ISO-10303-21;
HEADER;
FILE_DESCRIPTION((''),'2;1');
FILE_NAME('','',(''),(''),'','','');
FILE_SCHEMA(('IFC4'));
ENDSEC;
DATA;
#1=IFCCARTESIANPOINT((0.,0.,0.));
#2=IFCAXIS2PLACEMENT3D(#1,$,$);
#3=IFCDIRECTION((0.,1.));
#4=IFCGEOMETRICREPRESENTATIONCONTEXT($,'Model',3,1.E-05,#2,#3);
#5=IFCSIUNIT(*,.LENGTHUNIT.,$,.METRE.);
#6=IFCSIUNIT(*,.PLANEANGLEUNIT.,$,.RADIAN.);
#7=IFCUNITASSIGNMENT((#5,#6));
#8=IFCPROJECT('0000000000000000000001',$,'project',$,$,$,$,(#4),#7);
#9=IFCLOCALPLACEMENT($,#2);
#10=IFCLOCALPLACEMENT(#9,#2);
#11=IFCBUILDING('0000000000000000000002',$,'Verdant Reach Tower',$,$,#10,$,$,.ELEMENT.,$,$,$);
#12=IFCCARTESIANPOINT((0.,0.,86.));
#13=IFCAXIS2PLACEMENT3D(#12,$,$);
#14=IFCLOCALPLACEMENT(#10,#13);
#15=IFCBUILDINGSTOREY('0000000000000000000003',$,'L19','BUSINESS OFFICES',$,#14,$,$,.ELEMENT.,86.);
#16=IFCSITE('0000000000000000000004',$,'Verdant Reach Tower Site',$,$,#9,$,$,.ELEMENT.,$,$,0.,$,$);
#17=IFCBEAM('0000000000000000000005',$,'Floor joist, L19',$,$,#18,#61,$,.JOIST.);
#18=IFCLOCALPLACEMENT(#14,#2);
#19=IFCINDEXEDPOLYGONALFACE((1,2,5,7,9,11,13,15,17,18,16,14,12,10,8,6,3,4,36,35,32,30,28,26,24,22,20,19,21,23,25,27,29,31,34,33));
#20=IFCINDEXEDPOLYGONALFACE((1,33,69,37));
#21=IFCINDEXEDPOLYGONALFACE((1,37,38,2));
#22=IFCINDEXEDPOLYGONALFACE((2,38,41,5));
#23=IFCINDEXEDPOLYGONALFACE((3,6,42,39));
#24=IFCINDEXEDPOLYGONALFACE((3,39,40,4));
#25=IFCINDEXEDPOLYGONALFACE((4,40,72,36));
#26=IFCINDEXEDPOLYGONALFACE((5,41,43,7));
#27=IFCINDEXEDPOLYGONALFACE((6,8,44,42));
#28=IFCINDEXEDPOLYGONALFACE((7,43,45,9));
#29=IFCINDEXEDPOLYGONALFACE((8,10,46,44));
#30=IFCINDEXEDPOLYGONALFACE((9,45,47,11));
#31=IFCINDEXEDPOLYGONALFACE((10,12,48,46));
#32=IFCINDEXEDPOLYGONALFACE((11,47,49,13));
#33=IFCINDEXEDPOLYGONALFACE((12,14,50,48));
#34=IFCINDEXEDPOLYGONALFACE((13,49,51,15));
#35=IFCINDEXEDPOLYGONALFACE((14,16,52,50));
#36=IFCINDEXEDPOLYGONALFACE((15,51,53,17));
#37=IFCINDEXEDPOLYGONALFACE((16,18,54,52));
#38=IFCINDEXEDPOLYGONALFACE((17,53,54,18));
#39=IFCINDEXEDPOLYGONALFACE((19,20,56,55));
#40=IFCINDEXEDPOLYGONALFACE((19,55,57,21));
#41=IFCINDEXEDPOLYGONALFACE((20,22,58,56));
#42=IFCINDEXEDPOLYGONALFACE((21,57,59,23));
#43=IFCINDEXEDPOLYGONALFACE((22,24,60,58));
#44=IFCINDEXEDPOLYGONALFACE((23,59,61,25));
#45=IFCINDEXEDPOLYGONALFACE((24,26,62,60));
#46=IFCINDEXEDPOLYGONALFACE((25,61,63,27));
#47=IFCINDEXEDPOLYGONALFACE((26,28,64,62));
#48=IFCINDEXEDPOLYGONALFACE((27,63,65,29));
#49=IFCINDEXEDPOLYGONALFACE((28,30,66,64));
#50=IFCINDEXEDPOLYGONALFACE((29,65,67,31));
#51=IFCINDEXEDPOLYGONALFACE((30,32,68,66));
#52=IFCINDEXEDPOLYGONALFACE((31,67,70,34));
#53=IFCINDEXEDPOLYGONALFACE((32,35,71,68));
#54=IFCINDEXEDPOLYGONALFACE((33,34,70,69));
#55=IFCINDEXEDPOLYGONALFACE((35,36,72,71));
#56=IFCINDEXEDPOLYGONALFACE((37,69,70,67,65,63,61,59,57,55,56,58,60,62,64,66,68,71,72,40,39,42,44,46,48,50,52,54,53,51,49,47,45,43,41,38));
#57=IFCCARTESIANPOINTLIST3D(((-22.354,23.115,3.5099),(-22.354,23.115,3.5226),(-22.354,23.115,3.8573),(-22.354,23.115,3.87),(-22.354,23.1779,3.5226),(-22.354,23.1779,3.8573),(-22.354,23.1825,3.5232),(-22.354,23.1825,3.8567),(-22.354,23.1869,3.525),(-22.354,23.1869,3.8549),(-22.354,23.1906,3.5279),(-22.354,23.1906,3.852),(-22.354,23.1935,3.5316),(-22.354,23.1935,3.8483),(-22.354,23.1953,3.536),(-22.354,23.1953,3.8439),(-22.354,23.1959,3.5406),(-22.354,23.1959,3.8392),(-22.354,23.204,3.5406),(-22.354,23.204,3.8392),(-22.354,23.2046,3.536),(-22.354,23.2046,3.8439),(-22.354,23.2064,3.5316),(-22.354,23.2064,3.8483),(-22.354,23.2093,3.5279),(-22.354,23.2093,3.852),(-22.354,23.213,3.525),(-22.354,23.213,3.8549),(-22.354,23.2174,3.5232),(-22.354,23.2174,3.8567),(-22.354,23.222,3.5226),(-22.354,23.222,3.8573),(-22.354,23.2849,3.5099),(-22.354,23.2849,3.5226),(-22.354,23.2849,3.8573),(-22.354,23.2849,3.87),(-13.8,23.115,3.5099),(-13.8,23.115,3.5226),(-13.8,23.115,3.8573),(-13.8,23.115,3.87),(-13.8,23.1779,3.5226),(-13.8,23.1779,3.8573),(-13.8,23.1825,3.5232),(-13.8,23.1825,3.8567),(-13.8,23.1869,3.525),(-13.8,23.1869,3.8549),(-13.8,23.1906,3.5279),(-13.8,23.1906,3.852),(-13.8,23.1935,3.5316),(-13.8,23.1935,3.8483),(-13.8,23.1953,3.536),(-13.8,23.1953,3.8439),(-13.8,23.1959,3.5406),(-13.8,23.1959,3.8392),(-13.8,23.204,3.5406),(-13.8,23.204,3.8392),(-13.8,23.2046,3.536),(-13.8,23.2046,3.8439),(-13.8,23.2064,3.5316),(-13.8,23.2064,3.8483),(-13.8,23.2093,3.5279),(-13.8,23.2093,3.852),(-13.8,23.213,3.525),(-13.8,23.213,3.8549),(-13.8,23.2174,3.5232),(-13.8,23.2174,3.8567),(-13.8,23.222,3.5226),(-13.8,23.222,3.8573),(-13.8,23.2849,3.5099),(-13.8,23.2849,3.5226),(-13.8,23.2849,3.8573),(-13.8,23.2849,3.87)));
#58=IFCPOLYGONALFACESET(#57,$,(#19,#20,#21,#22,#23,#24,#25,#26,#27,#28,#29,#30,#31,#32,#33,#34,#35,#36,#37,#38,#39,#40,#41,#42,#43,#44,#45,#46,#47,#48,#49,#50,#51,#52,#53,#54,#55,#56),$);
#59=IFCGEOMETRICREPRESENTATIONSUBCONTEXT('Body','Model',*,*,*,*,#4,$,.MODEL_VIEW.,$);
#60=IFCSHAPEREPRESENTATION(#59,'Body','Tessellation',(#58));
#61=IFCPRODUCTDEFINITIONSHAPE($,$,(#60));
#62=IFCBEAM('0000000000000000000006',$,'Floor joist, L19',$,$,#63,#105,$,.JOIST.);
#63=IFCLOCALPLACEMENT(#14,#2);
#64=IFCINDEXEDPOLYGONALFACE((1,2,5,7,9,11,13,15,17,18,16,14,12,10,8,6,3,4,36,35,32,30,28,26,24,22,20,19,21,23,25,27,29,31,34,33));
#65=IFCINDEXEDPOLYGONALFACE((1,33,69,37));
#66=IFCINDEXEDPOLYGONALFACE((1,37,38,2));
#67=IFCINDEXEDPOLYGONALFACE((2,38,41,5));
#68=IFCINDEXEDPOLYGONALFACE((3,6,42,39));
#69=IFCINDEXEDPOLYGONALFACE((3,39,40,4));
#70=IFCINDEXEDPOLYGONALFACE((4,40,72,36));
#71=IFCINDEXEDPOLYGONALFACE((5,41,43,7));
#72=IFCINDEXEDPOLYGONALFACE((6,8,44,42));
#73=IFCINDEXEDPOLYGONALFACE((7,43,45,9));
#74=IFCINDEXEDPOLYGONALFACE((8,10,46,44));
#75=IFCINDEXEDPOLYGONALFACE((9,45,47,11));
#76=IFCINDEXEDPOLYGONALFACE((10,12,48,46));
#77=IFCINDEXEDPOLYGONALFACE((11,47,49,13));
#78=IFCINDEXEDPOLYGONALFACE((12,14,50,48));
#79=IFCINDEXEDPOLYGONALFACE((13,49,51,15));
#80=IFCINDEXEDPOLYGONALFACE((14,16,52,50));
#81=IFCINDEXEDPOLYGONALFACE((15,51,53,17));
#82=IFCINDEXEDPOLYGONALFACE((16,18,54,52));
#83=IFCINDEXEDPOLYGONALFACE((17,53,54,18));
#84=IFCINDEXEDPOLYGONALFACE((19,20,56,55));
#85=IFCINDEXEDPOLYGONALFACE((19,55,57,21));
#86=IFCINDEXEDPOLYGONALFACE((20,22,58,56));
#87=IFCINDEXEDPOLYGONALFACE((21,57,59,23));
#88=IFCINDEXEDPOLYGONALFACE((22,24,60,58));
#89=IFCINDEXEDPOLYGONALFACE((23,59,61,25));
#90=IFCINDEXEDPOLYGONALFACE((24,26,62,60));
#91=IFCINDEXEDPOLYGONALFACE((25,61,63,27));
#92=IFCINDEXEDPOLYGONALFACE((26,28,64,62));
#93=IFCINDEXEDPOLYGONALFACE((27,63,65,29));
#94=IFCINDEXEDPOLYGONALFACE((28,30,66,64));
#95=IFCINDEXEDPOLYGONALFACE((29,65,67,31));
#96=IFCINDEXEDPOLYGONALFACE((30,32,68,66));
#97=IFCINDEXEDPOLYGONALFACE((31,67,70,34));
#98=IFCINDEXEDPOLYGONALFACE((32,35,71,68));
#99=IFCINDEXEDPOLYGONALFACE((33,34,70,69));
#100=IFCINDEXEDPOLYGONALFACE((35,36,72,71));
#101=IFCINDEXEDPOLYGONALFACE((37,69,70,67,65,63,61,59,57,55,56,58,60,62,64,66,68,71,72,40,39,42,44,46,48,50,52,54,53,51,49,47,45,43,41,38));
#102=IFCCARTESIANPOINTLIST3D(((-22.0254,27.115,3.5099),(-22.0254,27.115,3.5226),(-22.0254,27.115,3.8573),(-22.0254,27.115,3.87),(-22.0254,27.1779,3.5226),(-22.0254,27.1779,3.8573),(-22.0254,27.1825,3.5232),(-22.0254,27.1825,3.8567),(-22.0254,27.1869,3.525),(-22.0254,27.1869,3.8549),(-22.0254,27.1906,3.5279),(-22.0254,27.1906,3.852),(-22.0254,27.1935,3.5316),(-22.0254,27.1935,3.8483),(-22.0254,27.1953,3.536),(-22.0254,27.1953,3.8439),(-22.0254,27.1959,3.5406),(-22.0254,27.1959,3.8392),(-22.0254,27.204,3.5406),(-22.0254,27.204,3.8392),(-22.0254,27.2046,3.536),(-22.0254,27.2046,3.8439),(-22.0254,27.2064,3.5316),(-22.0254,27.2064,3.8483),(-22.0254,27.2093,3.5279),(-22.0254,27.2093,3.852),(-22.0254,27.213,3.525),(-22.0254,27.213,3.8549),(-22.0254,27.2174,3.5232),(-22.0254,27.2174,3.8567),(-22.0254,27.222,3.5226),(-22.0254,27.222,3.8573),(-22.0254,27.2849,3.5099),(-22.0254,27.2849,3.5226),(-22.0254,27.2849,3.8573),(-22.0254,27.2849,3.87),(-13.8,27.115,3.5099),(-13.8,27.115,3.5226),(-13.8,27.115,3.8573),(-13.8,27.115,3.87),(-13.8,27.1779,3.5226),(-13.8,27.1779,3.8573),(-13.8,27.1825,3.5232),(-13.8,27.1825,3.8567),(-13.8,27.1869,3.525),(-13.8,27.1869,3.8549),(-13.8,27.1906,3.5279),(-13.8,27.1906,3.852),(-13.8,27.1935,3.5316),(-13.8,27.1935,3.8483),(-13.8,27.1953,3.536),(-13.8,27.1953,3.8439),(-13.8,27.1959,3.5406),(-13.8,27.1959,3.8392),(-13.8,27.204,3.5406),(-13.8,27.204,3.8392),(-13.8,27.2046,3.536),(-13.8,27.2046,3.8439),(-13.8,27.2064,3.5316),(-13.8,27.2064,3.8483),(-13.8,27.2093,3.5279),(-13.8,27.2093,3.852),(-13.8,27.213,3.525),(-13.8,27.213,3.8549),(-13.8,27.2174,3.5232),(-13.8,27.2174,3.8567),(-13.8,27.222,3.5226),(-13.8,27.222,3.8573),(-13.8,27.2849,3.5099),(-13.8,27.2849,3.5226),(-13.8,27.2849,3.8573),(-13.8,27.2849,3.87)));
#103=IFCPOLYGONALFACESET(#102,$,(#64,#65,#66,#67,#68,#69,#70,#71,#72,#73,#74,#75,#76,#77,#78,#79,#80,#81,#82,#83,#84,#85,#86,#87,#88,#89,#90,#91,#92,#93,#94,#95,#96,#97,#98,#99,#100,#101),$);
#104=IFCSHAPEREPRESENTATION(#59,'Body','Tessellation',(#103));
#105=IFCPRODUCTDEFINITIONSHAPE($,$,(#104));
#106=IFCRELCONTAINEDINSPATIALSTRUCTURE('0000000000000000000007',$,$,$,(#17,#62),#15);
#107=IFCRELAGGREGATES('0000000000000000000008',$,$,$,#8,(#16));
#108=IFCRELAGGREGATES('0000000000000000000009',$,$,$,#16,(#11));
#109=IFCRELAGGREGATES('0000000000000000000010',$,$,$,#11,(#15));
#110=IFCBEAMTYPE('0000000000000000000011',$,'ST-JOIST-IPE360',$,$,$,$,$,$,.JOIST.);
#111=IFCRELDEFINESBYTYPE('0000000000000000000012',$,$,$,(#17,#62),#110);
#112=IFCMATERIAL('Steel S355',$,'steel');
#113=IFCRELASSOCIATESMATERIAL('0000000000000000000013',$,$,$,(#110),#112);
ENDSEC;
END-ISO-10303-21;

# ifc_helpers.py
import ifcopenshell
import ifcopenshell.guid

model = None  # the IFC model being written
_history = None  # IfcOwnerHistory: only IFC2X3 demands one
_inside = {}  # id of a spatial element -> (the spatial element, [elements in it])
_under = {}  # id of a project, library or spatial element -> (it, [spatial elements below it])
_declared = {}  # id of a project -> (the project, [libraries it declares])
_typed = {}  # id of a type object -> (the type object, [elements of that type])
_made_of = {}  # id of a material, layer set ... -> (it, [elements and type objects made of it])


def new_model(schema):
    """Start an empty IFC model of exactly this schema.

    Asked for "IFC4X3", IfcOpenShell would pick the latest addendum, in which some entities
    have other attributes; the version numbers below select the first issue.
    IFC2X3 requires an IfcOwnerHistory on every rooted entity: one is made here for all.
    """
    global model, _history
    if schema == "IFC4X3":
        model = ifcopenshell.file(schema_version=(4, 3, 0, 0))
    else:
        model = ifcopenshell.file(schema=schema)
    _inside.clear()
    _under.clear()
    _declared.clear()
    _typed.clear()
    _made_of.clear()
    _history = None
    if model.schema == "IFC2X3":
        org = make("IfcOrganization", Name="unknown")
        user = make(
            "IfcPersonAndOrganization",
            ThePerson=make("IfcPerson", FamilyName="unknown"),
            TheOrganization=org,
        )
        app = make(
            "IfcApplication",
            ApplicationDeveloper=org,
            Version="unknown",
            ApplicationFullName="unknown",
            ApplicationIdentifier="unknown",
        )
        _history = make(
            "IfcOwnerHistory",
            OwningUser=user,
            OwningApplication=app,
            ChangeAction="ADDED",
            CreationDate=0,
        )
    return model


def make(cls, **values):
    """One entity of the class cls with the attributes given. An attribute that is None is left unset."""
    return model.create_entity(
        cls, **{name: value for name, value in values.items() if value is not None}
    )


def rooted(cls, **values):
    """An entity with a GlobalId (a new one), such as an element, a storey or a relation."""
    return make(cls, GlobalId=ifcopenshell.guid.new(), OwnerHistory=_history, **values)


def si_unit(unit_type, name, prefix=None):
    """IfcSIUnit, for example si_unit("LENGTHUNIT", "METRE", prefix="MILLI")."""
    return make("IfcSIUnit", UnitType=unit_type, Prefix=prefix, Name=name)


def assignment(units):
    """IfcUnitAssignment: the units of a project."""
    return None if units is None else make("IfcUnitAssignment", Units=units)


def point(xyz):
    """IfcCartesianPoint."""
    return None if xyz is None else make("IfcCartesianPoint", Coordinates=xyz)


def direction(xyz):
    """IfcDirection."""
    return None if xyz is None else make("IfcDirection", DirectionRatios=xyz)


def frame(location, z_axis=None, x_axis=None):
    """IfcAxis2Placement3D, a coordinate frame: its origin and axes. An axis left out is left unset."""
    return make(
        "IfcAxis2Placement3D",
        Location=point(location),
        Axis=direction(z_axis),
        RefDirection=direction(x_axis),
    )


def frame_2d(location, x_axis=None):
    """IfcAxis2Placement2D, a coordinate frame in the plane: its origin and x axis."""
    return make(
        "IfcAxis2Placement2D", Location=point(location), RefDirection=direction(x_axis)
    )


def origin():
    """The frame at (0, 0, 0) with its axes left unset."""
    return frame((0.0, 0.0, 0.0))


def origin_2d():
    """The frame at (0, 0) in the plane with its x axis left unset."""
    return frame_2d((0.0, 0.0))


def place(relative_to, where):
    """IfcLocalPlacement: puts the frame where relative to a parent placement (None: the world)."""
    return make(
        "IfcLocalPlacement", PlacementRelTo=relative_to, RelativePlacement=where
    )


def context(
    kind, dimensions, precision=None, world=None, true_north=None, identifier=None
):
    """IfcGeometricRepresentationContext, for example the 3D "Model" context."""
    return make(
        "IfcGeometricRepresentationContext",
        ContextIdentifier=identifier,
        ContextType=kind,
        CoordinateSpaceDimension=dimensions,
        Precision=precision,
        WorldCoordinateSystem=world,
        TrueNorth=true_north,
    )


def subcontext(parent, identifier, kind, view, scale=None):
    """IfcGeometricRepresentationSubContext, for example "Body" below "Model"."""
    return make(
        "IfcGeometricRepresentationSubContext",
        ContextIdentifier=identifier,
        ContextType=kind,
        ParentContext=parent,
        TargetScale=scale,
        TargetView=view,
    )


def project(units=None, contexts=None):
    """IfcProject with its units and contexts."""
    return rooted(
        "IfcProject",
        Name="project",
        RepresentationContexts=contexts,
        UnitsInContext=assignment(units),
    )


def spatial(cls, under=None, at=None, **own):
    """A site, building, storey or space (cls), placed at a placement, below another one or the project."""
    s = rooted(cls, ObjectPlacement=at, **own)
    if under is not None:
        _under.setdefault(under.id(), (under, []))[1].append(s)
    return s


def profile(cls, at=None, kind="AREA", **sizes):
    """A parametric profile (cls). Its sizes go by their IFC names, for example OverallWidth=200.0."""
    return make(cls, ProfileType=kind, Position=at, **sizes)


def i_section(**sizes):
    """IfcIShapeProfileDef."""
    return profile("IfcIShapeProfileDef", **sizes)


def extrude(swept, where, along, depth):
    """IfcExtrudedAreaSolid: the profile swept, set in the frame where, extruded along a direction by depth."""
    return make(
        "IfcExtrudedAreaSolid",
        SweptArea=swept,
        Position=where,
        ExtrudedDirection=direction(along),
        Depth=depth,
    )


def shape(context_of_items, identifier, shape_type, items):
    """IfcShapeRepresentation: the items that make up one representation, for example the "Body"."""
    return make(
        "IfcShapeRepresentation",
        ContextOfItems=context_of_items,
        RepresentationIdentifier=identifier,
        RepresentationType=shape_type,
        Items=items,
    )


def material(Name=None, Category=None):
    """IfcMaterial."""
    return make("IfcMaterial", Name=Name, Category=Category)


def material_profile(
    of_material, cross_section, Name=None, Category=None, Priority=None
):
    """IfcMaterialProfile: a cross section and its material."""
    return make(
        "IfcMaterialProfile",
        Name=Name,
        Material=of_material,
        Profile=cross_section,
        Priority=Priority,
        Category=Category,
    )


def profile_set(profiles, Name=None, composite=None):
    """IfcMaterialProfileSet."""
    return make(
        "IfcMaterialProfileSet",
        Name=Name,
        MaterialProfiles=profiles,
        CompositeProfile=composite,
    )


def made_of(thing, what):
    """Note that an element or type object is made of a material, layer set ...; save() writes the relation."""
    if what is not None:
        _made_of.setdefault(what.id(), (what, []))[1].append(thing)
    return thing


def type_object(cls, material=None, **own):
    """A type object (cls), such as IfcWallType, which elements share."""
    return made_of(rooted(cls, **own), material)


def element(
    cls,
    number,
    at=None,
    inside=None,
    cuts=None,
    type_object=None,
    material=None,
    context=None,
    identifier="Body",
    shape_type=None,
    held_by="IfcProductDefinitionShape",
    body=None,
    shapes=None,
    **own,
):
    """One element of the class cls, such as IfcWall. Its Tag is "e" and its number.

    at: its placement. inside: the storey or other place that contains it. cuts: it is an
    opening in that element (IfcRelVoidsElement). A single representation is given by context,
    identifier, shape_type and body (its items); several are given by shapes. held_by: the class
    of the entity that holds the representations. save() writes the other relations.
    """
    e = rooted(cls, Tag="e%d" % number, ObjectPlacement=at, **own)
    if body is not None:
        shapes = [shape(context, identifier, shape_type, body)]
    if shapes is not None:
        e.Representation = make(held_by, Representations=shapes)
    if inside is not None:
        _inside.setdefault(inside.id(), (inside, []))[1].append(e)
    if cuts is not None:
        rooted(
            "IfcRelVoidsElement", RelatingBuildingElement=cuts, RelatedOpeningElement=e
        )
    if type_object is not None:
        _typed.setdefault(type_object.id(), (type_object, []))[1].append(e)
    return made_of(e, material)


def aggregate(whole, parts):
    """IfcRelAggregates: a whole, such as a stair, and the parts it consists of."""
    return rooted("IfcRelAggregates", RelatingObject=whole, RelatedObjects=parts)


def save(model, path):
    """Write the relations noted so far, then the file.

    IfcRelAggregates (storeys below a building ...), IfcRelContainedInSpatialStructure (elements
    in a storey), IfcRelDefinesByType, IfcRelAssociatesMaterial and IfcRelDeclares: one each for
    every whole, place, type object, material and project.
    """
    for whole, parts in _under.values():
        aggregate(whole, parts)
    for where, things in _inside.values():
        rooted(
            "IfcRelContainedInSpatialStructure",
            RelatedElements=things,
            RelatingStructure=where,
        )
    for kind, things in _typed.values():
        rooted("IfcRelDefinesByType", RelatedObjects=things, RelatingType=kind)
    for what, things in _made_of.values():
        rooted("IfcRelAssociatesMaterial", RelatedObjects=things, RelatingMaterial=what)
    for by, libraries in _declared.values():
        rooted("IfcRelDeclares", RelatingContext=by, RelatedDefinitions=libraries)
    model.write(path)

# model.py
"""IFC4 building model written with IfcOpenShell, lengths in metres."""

from ifc_helpers import new_model, si_unit, direction, frame, origin, origin_2d, place, context, subcontext, project, spatial, i_section, extrude, material, material_profile, profile_set, type_object, element, save


model = new_model("IFC4")

# Units and contexts
model_context = context("Model", 3, precision=1e-05, world=origin(), true_north=direction((0.0, 1.0)))
body_context = subcontext(model_context, "Body", "Model", "MODEL_VIEW")
ifc_project = project(units=[si_unit("LENGTHUNIT", "METRE"), si_unit("PLANEANGLEUNIT", "RADIAN")], contexts=[model_context])

# Site, building, storey
site_placement = place(None, origin())
site = spatial("IfcSite", under=ifc_project, at=site_placement, Name="Verdant Reach Tower Site", CompositionType="ELEMENT", RefElevation=0.0)
building_placement = place(site_placement, origin())
building = spatial("IfcBuilding", under=site, at=building_placement, Name="Verdant Reach Tower", CompositionType="ELEMENT")
storey_placement = place(building_placement, frame((0.0, 0.0, 86.0)))
storey = spatial("IfcBuildingStorey", under=building, at=storey_placement, Name="L19", Description="BUSINESS OFFICES", CompositionType="ELEMENT", Elevation=86.0)

# Beams
ifc_material_1 = material(Name="Steel S355", Category="steel")
ifc_material_profile = material_profile(ifc_material_1, i_section(OverallWidth=0.1699, OverallDepth=0.3601, WebThickness=0.0081, FlangeThickness=0.0127, FilletRadius=0.0181, at=origin_2d()), Name="IPE 360")
ifc_profile_set = profile_set([ifc_material_profile], Name="Steel S355")
beam_type = type_object("IfcBeamType", Name="ST-JOIST-IPE360", PredefinedType="JOIST", material=ifc_profile_set)
beam_1_placement = place(storey_placement, frame((-13.8, 23.2, 3.6899), z_axis=(-1.0, 0.0, 0.0), x_axis=(0.0, -1.0, 0.0)))
element("IfcBeam", 1, at=beam_1_placement, inside=storey, type_object=beam_type, Name="Floor joist, L19", PredefinedType="JOIST", context=body_context, shape_type="SweptSolid", body=[
    extrude(i_section(OverallWidth=0.1699, OverallDepth=0.3601, WebThickness=0.0081, FlangeThickness=0.0127, FilletRadius=0.0181, at=origin_2d()), origin(), (0.0, 0.0, 1.0), 8.554),
])
beam_2_placement = place(storey_placement, frame((-13.8, 27.2, 3.6899), z_axis=(-1.0, 0.0, 0.0), x_axis=(0.0, -1.0, 0.0)))
element("IfcBeam", 2, at=beam_2_placement, inside=storey, type_object=beam_type, Name="Floor joist, L19", PredefinedType="JOIST", context=body_context, shape_type="SweptSolid", body=[
    extrude(i_section(OverallWidth=0.1699, OverallDepth=0.3601, WebThickness=0.0081, FlangeThickness=0.0127, FilletRadius=0.0181, at=origin_2d()), origin(), (0.0, 0.0, 1.0), 8.2253),
])

save(model, "model.ifc")
